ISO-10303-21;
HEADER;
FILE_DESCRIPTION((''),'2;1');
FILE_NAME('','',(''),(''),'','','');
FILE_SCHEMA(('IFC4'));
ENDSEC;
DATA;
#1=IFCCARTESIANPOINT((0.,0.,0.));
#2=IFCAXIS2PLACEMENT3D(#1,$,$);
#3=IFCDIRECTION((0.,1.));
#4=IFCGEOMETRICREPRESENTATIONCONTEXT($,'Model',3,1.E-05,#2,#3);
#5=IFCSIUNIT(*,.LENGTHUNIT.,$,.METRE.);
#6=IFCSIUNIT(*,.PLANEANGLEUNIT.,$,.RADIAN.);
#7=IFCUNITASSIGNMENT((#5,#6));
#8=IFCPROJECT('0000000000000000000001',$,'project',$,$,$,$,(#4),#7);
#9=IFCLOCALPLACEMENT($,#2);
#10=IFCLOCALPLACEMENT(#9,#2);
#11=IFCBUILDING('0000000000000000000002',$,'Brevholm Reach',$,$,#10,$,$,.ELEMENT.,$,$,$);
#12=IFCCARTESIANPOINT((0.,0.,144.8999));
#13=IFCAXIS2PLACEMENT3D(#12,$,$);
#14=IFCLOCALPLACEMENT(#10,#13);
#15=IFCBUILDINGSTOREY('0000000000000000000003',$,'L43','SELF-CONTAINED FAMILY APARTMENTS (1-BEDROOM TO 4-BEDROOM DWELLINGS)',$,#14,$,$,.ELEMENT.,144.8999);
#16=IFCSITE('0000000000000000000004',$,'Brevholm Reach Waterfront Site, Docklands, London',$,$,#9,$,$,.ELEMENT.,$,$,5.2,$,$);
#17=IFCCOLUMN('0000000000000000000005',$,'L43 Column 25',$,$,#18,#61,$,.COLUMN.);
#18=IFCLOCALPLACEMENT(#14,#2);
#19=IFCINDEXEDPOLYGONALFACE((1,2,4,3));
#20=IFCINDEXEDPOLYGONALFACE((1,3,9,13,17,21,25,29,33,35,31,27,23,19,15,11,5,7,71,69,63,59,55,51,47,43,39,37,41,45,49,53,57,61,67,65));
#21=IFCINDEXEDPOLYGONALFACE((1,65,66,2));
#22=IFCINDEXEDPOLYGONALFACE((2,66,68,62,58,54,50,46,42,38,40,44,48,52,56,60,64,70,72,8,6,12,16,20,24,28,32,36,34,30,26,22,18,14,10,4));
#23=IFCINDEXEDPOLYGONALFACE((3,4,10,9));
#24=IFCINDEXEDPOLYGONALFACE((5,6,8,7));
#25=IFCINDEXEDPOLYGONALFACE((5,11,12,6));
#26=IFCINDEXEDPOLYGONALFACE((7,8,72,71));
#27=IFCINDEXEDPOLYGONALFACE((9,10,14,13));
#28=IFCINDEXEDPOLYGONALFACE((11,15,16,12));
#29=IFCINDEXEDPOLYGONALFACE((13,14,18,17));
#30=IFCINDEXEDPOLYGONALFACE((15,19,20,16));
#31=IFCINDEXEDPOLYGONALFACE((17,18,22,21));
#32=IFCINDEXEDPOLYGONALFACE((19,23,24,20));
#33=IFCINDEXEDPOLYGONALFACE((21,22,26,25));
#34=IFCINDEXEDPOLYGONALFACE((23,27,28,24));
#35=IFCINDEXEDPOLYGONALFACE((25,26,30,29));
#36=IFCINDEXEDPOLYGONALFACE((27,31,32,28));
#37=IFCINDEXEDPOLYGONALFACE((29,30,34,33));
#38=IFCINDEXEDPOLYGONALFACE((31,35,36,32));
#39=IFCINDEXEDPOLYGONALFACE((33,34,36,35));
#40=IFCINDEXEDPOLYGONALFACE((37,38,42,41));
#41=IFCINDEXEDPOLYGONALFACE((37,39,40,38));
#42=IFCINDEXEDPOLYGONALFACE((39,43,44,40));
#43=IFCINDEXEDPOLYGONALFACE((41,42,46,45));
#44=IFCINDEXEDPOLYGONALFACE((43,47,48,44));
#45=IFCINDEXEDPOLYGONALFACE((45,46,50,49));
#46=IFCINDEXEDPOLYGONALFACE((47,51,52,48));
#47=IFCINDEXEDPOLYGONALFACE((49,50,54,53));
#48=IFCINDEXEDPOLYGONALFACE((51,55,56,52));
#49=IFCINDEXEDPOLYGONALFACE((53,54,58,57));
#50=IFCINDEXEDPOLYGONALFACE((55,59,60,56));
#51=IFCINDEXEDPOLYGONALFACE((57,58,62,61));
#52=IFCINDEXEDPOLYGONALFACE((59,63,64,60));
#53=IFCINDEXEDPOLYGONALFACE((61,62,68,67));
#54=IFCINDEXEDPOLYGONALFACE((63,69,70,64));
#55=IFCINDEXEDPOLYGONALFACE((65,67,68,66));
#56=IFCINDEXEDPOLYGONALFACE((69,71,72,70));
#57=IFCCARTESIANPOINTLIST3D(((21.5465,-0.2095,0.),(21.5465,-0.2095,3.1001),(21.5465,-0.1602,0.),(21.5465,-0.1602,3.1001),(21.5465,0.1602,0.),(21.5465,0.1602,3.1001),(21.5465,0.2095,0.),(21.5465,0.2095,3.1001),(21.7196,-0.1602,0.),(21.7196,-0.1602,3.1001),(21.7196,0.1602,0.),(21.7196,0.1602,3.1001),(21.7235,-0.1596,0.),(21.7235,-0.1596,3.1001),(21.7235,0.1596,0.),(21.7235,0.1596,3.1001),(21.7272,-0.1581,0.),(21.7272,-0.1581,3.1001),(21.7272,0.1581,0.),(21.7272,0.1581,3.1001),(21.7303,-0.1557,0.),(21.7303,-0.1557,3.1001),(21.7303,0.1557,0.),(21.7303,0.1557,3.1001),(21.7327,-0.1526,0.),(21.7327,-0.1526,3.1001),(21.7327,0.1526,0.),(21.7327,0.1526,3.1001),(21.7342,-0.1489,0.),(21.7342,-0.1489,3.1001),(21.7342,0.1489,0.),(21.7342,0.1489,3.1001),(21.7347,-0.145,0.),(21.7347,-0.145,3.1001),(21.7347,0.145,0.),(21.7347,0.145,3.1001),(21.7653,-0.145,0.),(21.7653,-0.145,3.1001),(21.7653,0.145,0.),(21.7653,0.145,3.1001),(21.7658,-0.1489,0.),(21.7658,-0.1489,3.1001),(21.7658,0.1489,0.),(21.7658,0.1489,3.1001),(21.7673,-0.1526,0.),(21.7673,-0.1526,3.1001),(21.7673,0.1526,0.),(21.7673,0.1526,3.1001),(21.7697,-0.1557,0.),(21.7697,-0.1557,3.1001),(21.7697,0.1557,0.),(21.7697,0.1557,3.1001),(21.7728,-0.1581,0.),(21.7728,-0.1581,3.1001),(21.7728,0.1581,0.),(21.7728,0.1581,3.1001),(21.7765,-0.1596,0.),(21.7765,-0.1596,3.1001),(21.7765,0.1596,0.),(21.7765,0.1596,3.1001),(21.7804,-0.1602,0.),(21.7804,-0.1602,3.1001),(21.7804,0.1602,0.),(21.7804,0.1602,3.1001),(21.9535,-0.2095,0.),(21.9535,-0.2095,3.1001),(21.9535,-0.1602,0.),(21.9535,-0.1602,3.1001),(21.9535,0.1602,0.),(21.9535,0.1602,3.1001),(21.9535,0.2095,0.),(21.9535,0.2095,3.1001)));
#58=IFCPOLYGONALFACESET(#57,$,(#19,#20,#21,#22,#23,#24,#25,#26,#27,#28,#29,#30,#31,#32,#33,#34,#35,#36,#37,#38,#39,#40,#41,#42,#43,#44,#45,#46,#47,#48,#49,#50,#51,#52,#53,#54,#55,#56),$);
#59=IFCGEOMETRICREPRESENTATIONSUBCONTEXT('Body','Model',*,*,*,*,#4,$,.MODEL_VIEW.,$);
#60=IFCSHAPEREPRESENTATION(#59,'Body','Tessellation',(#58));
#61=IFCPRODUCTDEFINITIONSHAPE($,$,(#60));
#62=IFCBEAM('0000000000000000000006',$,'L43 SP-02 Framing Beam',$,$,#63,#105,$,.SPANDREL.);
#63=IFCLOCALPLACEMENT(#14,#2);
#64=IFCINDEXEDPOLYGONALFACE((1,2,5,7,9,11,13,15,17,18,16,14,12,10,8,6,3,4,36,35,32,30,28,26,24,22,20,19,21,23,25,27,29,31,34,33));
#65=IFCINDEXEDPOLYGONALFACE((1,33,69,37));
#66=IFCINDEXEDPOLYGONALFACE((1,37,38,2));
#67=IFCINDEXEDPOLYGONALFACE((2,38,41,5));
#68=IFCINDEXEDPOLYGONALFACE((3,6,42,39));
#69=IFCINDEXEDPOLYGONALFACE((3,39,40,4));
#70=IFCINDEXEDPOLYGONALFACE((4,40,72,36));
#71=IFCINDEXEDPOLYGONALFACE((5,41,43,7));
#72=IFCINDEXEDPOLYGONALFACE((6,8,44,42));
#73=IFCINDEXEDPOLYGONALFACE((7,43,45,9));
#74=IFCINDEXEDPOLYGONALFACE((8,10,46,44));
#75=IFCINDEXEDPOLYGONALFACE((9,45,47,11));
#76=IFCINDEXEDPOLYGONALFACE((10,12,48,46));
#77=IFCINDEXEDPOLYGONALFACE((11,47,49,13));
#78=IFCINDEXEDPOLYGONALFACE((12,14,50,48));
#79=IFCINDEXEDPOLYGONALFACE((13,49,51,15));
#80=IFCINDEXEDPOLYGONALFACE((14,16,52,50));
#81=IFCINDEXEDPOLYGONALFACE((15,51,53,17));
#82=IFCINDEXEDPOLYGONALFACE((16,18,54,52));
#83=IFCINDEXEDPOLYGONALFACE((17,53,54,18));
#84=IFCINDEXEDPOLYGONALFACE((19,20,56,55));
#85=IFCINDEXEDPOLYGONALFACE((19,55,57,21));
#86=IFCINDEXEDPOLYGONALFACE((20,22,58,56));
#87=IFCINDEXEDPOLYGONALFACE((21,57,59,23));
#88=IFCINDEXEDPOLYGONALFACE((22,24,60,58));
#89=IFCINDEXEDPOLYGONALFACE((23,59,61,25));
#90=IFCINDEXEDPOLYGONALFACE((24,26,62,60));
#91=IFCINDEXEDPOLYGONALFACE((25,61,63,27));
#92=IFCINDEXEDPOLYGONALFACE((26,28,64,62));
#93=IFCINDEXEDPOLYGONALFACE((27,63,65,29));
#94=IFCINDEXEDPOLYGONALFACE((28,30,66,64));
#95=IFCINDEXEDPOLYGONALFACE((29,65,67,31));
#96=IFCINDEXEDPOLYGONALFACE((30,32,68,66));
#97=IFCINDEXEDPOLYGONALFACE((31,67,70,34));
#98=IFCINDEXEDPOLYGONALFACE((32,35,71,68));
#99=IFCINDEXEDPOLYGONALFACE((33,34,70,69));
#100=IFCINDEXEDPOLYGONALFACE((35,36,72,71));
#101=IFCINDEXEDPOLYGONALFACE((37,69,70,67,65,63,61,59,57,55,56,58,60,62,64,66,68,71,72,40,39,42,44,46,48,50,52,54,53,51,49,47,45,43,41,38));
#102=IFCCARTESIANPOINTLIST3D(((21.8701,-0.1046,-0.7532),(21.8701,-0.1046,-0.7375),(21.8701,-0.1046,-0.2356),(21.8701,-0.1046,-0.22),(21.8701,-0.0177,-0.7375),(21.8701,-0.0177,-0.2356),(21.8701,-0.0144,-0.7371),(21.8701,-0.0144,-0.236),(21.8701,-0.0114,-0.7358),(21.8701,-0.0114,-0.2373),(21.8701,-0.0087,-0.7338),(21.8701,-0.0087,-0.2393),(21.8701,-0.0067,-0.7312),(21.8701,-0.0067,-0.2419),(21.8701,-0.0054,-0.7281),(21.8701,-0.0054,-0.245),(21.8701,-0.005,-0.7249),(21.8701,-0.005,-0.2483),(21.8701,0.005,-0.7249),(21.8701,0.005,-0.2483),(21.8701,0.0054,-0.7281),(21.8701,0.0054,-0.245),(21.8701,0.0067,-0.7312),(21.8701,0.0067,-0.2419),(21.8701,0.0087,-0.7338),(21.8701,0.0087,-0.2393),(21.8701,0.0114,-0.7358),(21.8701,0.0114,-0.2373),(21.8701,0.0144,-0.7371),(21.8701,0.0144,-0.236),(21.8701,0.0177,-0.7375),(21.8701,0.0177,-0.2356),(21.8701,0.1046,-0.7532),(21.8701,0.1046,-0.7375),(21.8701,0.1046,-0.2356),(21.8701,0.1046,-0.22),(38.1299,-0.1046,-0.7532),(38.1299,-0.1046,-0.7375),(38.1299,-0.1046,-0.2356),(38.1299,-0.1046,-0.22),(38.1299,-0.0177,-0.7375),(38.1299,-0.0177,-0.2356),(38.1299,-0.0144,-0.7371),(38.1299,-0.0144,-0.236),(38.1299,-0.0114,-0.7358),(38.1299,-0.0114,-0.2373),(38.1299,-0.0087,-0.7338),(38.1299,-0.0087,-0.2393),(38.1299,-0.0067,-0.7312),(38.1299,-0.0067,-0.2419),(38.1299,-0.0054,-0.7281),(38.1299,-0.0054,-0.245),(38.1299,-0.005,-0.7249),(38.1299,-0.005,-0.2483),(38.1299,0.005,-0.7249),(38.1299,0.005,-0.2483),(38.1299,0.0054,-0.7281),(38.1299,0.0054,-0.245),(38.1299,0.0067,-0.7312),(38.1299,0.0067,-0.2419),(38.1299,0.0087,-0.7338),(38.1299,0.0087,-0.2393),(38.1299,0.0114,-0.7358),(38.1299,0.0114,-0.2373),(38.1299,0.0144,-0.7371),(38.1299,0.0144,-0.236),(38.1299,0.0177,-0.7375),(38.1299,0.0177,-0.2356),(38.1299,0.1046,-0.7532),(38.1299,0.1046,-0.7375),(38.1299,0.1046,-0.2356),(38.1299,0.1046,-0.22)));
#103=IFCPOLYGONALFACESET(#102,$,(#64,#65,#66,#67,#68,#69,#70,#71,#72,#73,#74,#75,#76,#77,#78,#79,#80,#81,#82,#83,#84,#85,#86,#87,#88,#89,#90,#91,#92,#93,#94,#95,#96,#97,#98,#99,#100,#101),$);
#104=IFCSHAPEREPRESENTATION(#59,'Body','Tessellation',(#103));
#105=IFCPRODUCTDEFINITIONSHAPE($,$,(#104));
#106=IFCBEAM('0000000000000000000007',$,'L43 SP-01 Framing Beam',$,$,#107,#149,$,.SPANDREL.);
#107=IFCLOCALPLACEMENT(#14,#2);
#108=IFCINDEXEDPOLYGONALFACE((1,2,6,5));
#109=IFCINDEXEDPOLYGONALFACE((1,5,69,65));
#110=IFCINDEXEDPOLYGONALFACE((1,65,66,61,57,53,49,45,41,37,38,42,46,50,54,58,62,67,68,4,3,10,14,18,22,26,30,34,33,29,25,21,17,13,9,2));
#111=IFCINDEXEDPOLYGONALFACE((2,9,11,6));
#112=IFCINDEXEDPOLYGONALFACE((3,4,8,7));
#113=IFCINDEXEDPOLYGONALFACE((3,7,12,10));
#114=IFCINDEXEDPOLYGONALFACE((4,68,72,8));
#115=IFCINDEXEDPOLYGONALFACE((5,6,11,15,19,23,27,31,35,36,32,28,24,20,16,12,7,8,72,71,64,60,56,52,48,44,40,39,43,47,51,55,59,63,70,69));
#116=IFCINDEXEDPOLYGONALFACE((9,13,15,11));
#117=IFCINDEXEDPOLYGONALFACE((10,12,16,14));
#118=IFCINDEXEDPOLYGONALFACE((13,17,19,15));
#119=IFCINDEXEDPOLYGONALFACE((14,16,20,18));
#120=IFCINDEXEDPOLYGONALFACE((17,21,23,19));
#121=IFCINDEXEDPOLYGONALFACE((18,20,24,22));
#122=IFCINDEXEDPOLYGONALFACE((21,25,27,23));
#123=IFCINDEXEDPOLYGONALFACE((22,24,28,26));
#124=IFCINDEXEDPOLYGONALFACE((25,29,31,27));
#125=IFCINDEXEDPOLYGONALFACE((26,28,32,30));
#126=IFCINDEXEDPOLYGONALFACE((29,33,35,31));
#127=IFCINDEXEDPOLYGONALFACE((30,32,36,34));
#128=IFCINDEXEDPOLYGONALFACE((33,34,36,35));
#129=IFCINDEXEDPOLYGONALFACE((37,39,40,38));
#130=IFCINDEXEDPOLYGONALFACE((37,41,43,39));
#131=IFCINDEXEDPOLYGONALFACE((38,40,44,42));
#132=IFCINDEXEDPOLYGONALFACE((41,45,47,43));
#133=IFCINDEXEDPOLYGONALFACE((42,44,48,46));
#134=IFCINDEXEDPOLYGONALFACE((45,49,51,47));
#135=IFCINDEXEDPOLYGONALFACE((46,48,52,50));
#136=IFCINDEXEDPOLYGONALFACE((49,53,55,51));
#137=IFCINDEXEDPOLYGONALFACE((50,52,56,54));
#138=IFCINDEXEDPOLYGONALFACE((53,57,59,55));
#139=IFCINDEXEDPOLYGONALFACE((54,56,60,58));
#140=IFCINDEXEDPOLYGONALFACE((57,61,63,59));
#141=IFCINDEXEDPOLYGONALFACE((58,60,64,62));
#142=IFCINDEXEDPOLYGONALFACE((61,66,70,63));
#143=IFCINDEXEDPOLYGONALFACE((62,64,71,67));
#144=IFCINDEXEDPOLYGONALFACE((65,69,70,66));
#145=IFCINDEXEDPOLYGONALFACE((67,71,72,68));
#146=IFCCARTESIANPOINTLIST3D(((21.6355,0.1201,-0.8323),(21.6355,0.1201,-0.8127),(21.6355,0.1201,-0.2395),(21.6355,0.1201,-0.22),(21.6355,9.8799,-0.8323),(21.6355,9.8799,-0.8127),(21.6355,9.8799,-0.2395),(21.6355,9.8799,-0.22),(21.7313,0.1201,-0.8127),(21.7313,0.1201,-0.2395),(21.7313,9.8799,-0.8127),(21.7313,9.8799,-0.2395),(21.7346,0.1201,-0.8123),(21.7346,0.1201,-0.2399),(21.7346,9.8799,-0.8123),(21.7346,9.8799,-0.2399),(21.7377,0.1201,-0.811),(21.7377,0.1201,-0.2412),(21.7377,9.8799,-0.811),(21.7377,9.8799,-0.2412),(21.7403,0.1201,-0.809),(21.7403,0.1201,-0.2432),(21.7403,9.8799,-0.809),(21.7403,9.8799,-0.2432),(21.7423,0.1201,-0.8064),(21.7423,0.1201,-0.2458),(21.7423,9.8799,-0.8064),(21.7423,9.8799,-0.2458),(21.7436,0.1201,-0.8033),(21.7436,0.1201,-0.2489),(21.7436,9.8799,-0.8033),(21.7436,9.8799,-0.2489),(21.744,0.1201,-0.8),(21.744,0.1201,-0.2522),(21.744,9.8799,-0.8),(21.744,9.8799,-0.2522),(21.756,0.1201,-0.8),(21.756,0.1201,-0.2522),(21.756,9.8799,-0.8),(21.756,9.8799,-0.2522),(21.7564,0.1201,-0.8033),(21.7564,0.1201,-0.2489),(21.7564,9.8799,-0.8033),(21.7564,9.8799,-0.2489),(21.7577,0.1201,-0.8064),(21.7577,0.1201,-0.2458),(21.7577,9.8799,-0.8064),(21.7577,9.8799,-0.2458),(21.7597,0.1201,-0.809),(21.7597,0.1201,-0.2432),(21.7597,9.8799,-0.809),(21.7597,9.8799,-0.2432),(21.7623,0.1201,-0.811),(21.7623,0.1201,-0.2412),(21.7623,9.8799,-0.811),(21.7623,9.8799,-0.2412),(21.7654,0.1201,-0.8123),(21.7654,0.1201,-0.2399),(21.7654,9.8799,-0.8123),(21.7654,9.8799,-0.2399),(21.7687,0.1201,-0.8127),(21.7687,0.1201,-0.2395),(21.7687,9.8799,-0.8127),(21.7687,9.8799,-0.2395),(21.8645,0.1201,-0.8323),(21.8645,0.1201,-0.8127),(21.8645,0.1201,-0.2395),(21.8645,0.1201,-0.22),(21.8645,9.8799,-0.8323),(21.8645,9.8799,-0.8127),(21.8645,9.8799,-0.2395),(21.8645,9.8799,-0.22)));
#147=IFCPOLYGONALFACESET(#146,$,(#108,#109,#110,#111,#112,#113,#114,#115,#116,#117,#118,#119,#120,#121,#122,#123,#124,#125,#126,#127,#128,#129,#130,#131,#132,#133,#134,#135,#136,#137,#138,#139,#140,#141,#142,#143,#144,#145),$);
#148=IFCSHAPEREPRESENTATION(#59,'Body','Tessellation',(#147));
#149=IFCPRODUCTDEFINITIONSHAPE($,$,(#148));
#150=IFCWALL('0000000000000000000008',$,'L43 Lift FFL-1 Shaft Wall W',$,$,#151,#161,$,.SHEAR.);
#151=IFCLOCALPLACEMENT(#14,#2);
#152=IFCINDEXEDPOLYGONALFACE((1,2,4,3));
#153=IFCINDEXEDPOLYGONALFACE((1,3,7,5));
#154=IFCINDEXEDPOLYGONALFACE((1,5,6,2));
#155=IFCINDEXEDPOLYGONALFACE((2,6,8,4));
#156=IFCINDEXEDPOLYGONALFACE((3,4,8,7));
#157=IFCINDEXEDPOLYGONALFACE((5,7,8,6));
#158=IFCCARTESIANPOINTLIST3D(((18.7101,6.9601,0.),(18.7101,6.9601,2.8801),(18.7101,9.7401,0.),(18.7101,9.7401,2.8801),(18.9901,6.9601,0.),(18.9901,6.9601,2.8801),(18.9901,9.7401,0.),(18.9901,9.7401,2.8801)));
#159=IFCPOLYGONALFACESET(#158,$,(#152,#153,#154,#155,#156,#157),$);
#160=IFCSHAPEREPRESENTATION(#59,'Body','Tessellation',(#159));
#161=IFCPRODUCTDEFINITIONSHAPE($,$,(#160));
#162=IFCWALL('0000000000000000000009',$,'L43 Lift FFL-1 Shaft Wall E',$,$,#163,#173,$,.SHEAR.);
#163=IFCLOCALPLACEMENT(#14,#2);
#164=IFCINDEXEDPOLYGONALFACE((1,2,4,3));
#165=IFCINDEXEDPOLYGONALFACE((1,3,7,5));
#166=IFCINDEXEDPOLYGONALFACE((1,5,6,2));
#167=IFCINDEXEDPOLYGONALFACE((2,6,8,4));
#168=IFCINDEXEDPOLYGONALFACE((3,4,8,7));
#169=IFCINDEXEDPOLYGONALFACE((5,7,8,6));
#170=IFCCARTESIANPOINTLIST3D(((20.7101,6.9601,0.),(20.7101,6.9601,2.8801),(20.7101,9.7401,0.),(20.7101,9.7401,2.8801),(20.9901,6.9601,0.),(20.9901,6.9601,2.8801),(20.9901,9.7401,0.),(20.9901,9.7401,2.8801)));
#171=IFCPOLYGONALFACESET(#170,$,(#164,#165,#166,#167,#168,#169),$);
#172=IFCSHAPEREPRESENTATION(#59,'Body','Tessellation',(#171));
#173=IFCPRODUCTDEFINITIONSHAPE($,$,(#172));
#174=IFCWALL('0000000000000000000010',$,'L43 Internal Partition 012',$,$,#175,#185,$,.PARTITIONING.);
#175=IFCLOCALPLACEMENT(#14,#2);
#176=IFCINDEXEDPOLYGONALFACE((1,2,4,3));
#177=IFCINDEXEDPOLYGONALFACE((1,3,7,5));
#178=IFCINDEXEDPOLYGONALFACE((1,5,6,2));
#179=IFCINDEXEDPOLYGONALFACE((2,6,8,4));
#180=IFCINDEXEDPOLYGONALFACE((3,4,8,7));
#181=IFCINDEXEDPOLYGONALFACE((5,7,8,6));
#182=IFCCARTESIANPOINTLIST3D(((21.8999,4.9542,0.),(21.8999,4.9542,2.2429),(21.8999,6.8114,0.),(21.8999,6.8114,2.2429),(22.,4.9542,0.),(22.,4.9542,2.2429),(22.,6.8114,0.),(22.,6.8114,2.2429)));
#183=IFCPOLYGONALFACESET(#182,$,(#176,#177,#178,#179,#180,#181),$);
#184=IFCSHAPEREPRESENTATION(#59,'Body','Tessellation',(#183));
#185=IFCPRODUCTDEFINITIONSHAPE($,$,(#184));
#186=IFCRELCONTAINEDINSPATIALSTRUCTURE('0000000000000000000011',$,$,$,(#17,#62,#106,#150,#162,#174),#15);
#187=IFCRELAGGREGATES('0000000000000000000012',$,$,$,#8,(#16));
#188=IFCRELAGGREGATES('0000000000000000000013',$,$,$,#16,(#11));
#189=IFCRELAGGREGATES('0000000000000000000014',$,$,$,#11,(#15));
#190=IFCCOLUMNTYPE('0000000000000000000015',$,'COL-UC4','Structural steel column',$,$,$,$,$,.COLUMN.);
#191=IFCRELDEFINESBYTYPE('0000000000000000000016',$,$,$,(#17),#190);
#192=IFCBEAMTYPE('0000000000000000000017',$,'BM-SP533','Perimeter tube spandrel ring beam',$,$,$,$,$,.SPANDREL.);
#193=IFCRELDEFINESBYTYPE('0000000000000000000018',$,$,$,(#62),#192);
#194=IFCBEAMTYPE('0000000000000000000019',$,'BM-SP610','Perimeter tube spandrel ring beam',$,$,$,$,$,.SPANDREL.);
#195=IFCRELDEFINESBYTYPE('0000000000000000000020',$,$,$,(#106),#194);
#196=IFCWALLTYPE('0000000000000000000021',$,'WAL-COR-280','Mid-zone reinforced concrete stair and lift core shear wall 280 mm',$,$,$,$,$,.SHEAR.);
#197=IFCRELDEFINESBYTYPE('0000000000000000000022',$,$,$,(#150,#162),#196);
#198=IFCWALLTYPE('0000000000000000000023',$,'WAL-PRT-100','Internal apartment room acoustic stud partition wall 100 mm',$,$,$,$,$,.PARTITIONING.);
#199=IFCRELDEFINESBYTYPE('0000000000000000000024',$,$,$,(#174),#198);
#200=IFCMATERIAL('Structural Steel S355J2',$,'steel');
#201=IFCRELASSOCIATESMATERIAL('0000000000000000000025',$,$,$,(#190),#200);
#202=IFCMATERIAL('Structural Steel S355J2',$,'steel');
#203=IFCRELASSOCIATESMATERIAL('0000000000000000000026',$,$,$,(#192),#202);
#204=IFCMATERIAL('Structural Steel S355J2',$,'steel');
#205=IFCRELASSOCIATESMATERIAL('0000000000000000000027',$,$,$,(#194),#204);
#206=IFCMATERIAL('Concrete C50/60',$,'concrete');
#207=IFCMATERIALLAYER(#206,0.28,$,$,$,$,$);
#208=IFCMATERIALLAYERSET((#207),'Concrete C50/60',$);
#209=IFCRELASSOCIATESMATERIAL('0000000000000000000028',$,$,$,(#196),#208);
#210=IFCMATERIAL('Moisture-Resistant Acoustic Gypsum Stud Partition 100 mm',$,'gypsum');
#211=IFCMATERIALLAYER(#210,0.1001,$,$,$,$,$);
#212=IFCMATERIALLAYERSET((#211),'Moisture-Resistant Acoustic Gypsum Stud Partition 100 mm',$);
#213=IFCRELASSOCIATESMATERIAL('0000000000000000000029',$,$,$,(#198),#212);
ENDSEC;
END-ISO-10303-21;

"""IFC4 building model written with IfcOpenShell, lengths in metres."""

from ifc_helpers import new_model, si_unit, direction, frame, frame_2d, origin, origin_2d, place, context, subcontext, project, spatial, rectangle, i_section, extrude, material, layer, layer_set, material_profile, profile_set, type_object, element, save


model = new_model("IFC4")

# Units and contexts
model_context = context("Model", 3, precision=1e-05, world=origin(), true_north=direction((0.0, 1.0)))
body_context = subcontext(model_context, "Body", "Model", "MODEL_VIEW")
ifc_project = project(units=[si_unit("LENGTHUNIT", "METRE"), si_unit("PLANEANGLEUNIT", "RADIAN")], contexts=[model_context])

# Site, building, storey
site_placement = place(None, origin())
site = spatial("IfcSite", under=ifc_project, at=site_placement, Name="Brevholm Reach Waterfront Site, Docklands, London", CompositionType="ELEMENT", RefElevation=5.2)
building_placement = place(site_placement, origin())
building = spatial("IfcBuilding", under=site, at=building_placement, Name="Brevholm Reach", CompositionType="ELEMENT")
storey_placement = place(building_placement, frame((0.0, 0.0, 144.8999)))
storey = spatial("IfcBuildingStorey", under=building, at=storey_placement, Name="L43", Description="SELF-CONTAINED FAMILY APARTMENTS (1-BEDROOM TO 4-BEDROOM DWELLINGS)", CompositionType="ELEMENT", Elevation=144.8999)

# Column
ifc_material_1 = material(Name="Structural Steel S355J2", Category="steel")
ifc_material_profile_1 = material_profile(ifc_material_1, i_section(OverallWidth=0.407, OverallDepth=0.4189, WebThickness=0.0305, FlangeThickness=0.0493, FilletRadius=0.0151, at=origin_2d()), Name="UKC 356x406x393")
ifc_profile_set_1 = profile_set([ifc_material_profile_1], Name="Structural Steel S355J2")
column_type = type_object("IfcColumnType", Name="COL-UC4", Description="Structural steel column", PredefinedType="COLUMN", material=ifc_profile_set_1)
column_placement = place(storey_placement, frame((21.75, 0.0, 0.0), z_axis=(0.0, 0.0, 1.0), x_axis=(1.0, 0.0, 0.0)))
element("IfcColumn", 1, at=column_placement, inside=storey, type_object=column_type, Name="L43 Column 25", PredefinedType="COLUMN", context=body_context, shape_type="SweptSolid", body=[
    extrude(i_section(OverallWidth=0.407, OverallDepth=0.4189, WebThickness=0.0305, FlangeThickness=0.0493, FilletRadius=0.0151, at=origin_2d()), origin(), (0.0, 0.0, 1.0), 3.1001),
])

# Beams
ifc_material_2 = material(Name="Structural Steel S355J2", Category="steel")
ifc_material_profile_2 = material_profile(ifc_material_2, i_section(OverallWidth=0.2092, OverallDepth=0.5332, WebThickness=0.01, FlangeThickness=0.0156, FilletRadius=0.0127, at=origin_2d()), Name="UKB 533x210x92")
ifc_profile_set_2 = profile_set([ifc_material_profile_2], Name="Structural Steel S355J2")
beam_type_1 = type_object("IfcBeamType", Name="BM-SP533", Description="Perimeter tube spandrel ring beam", PredefinedType="SPANDREL", material=ifc_profile_set_2)
beam_1_placement = place(storey_placement, frame((21.8701, 0.0, -0.4866), z_axis=(1.0, 0.0, 0.0), x_axis=(0.0, 1.0, 0.0)))
element("IfcBeam", 2, at=beam_1_placement, inside=storey, type_object=beam_type_1, Name="L43 SP-02 Framing Beam", PredefinedType="SPANDREL", context=body_context, shape_type="SweptSolid", body=[
    extrude(i_section(OverallWidth=0.2092, OverallDepth=0.5332, WebThickness=0.01, FlangeThickness=0.0156, FilletRadius=0.0127, at=origin_2d()), origin(), (0.0, 0.0, 1.0), 16.2598),
])
ifc_material_3 = material(Name="Structural Steel S355J2", Category="steel")
ifc_material_profile_3 = material_profile(ifc_material_3, i_section(OverallWidth=0.229, OverallDepth=0.6123, WebThickness=0.012, FlangeThickness=0.0195, FilletRadius=0.0127, at=origin_2d()), Name="UKB 610x229x125")
ifc_profile_set_3 = profile_set([ifc_material_profile_3], Name="Structural Steel S355J2")
beam_type_2 = type_object("IfcBeamType", Name="BM-SP610", Description="Perimeter tube spandrel ring beam", PredefinedType="SPANDREL", material=ifc_profile_set_3)
beam_2_placement = place(storey_placement, frame((21.75, 0.1201, -0.5261), z_axis=(0.0, 1.0, 0.0), x_axis=(-1.0, 0.0, 0.0)))
element("IfcBeam", 3, at=beam_2_placement, inside=storey, type_object=beam_type_2, Name="L43 SP-01 Framing Beam", PredefinedType="SPANDREL", context=body_context, shape_type="SweptSolid", body=[
    extrude(i_section(OverallWidth=0.229, OverallDepth=0.6123, WebThickness=0.012, FlangeThickness=0.0195, FilletRadius=0.0127, at=origin_2d()), origin(), (0.0, 0.0, 1.0), 9.7598),
])

# Walls
ifc_material_4 = material(Name="Concrete C50/60", Category="concrete")
ifc_layer_1 = layer(ifc_material_4, 0.28)
ifc_layer_set_1 = layer_set([ifc_layer_1], Name="Concrete C50/60")
wall_type_1 = type_object("IfcWallType", Name="WAL-COR-280", Description="Mid-zone reinforced concrete stair and lift core shear wall 280 mm", PredefinedType="SHEAR", material=ifc_layer_set_1)
for number, where, z_axis, x_axis, name in (
    (4, (18.8501, 6.96, 0.0), (0.0, 0.0, 1.0), (0.0, 1.0, 0.0), "L43 Lift FFL-1 Shaft Wall W"),
    (5, (20.8501, 6.96, 0.0), (0.0, 0.0, 1.0), (0.0, 1.0, 0.0), "L43 Lift FFL-1 Shaft Wall E"),
):
    element("IfcWall", number, at=place(storey_placement, frame(where, z_axis=z_axis, x_axis=x_axis)), inside=storey, type_object=wall_type_1, Name=name, PredefinedType="SHEAR", context=body_context, shape_type="SweptSolid", body=[
        extrude(rectangle(XDim=2.78, YDim=0.28, at=frame_2d((1.3901, 0.0))), origin(), (0.0, 0.0, 1.0), 2.8801),
    ])
ifc_material_5 = material(Name="Moisture-Resistant Acoustic Gypsum Stud Partition 100 mm", Category="gypsum")
ifc_layer_2 = layer(ifc_material_5, 0.1001)
ifc_layer_set_2 = layer_set([ifc_layer_2], Name="Moisture-Resistant Acoustic Gypsum Stud Partition 100 mm")
wall_type_2 = type_object("IfcWallType", Name="WAL-PRT-100", Description="Internal apartment room acoustic stud partition wall 100 mm", PredefinedType="PARTITIONING", material=ifc_layer_set_2)
wall_1_placement = place(storey_placement, frame((21.95, 4.9541, 0.0), z_axis=(0.0, 0.0, 1.0), x_axis=(0.0, 1.0, 0.0)))
element("IfcWall", 6, at=wall_1_placement, inside=storey, type_object=wall_type_2, Name="L43 Internal Partition 012", PredefinedType="PARTITIONING", context=body_context, shape_type="SweptSolid", body=[
    extrude(rectangle(XDim=1.8572, YDim=0.1001, at=frame_2d((0.9287, 0.0))), origin(), (0.0, 0.0, 1.0), 2.2429),
])

save(model, "model.ifc")
